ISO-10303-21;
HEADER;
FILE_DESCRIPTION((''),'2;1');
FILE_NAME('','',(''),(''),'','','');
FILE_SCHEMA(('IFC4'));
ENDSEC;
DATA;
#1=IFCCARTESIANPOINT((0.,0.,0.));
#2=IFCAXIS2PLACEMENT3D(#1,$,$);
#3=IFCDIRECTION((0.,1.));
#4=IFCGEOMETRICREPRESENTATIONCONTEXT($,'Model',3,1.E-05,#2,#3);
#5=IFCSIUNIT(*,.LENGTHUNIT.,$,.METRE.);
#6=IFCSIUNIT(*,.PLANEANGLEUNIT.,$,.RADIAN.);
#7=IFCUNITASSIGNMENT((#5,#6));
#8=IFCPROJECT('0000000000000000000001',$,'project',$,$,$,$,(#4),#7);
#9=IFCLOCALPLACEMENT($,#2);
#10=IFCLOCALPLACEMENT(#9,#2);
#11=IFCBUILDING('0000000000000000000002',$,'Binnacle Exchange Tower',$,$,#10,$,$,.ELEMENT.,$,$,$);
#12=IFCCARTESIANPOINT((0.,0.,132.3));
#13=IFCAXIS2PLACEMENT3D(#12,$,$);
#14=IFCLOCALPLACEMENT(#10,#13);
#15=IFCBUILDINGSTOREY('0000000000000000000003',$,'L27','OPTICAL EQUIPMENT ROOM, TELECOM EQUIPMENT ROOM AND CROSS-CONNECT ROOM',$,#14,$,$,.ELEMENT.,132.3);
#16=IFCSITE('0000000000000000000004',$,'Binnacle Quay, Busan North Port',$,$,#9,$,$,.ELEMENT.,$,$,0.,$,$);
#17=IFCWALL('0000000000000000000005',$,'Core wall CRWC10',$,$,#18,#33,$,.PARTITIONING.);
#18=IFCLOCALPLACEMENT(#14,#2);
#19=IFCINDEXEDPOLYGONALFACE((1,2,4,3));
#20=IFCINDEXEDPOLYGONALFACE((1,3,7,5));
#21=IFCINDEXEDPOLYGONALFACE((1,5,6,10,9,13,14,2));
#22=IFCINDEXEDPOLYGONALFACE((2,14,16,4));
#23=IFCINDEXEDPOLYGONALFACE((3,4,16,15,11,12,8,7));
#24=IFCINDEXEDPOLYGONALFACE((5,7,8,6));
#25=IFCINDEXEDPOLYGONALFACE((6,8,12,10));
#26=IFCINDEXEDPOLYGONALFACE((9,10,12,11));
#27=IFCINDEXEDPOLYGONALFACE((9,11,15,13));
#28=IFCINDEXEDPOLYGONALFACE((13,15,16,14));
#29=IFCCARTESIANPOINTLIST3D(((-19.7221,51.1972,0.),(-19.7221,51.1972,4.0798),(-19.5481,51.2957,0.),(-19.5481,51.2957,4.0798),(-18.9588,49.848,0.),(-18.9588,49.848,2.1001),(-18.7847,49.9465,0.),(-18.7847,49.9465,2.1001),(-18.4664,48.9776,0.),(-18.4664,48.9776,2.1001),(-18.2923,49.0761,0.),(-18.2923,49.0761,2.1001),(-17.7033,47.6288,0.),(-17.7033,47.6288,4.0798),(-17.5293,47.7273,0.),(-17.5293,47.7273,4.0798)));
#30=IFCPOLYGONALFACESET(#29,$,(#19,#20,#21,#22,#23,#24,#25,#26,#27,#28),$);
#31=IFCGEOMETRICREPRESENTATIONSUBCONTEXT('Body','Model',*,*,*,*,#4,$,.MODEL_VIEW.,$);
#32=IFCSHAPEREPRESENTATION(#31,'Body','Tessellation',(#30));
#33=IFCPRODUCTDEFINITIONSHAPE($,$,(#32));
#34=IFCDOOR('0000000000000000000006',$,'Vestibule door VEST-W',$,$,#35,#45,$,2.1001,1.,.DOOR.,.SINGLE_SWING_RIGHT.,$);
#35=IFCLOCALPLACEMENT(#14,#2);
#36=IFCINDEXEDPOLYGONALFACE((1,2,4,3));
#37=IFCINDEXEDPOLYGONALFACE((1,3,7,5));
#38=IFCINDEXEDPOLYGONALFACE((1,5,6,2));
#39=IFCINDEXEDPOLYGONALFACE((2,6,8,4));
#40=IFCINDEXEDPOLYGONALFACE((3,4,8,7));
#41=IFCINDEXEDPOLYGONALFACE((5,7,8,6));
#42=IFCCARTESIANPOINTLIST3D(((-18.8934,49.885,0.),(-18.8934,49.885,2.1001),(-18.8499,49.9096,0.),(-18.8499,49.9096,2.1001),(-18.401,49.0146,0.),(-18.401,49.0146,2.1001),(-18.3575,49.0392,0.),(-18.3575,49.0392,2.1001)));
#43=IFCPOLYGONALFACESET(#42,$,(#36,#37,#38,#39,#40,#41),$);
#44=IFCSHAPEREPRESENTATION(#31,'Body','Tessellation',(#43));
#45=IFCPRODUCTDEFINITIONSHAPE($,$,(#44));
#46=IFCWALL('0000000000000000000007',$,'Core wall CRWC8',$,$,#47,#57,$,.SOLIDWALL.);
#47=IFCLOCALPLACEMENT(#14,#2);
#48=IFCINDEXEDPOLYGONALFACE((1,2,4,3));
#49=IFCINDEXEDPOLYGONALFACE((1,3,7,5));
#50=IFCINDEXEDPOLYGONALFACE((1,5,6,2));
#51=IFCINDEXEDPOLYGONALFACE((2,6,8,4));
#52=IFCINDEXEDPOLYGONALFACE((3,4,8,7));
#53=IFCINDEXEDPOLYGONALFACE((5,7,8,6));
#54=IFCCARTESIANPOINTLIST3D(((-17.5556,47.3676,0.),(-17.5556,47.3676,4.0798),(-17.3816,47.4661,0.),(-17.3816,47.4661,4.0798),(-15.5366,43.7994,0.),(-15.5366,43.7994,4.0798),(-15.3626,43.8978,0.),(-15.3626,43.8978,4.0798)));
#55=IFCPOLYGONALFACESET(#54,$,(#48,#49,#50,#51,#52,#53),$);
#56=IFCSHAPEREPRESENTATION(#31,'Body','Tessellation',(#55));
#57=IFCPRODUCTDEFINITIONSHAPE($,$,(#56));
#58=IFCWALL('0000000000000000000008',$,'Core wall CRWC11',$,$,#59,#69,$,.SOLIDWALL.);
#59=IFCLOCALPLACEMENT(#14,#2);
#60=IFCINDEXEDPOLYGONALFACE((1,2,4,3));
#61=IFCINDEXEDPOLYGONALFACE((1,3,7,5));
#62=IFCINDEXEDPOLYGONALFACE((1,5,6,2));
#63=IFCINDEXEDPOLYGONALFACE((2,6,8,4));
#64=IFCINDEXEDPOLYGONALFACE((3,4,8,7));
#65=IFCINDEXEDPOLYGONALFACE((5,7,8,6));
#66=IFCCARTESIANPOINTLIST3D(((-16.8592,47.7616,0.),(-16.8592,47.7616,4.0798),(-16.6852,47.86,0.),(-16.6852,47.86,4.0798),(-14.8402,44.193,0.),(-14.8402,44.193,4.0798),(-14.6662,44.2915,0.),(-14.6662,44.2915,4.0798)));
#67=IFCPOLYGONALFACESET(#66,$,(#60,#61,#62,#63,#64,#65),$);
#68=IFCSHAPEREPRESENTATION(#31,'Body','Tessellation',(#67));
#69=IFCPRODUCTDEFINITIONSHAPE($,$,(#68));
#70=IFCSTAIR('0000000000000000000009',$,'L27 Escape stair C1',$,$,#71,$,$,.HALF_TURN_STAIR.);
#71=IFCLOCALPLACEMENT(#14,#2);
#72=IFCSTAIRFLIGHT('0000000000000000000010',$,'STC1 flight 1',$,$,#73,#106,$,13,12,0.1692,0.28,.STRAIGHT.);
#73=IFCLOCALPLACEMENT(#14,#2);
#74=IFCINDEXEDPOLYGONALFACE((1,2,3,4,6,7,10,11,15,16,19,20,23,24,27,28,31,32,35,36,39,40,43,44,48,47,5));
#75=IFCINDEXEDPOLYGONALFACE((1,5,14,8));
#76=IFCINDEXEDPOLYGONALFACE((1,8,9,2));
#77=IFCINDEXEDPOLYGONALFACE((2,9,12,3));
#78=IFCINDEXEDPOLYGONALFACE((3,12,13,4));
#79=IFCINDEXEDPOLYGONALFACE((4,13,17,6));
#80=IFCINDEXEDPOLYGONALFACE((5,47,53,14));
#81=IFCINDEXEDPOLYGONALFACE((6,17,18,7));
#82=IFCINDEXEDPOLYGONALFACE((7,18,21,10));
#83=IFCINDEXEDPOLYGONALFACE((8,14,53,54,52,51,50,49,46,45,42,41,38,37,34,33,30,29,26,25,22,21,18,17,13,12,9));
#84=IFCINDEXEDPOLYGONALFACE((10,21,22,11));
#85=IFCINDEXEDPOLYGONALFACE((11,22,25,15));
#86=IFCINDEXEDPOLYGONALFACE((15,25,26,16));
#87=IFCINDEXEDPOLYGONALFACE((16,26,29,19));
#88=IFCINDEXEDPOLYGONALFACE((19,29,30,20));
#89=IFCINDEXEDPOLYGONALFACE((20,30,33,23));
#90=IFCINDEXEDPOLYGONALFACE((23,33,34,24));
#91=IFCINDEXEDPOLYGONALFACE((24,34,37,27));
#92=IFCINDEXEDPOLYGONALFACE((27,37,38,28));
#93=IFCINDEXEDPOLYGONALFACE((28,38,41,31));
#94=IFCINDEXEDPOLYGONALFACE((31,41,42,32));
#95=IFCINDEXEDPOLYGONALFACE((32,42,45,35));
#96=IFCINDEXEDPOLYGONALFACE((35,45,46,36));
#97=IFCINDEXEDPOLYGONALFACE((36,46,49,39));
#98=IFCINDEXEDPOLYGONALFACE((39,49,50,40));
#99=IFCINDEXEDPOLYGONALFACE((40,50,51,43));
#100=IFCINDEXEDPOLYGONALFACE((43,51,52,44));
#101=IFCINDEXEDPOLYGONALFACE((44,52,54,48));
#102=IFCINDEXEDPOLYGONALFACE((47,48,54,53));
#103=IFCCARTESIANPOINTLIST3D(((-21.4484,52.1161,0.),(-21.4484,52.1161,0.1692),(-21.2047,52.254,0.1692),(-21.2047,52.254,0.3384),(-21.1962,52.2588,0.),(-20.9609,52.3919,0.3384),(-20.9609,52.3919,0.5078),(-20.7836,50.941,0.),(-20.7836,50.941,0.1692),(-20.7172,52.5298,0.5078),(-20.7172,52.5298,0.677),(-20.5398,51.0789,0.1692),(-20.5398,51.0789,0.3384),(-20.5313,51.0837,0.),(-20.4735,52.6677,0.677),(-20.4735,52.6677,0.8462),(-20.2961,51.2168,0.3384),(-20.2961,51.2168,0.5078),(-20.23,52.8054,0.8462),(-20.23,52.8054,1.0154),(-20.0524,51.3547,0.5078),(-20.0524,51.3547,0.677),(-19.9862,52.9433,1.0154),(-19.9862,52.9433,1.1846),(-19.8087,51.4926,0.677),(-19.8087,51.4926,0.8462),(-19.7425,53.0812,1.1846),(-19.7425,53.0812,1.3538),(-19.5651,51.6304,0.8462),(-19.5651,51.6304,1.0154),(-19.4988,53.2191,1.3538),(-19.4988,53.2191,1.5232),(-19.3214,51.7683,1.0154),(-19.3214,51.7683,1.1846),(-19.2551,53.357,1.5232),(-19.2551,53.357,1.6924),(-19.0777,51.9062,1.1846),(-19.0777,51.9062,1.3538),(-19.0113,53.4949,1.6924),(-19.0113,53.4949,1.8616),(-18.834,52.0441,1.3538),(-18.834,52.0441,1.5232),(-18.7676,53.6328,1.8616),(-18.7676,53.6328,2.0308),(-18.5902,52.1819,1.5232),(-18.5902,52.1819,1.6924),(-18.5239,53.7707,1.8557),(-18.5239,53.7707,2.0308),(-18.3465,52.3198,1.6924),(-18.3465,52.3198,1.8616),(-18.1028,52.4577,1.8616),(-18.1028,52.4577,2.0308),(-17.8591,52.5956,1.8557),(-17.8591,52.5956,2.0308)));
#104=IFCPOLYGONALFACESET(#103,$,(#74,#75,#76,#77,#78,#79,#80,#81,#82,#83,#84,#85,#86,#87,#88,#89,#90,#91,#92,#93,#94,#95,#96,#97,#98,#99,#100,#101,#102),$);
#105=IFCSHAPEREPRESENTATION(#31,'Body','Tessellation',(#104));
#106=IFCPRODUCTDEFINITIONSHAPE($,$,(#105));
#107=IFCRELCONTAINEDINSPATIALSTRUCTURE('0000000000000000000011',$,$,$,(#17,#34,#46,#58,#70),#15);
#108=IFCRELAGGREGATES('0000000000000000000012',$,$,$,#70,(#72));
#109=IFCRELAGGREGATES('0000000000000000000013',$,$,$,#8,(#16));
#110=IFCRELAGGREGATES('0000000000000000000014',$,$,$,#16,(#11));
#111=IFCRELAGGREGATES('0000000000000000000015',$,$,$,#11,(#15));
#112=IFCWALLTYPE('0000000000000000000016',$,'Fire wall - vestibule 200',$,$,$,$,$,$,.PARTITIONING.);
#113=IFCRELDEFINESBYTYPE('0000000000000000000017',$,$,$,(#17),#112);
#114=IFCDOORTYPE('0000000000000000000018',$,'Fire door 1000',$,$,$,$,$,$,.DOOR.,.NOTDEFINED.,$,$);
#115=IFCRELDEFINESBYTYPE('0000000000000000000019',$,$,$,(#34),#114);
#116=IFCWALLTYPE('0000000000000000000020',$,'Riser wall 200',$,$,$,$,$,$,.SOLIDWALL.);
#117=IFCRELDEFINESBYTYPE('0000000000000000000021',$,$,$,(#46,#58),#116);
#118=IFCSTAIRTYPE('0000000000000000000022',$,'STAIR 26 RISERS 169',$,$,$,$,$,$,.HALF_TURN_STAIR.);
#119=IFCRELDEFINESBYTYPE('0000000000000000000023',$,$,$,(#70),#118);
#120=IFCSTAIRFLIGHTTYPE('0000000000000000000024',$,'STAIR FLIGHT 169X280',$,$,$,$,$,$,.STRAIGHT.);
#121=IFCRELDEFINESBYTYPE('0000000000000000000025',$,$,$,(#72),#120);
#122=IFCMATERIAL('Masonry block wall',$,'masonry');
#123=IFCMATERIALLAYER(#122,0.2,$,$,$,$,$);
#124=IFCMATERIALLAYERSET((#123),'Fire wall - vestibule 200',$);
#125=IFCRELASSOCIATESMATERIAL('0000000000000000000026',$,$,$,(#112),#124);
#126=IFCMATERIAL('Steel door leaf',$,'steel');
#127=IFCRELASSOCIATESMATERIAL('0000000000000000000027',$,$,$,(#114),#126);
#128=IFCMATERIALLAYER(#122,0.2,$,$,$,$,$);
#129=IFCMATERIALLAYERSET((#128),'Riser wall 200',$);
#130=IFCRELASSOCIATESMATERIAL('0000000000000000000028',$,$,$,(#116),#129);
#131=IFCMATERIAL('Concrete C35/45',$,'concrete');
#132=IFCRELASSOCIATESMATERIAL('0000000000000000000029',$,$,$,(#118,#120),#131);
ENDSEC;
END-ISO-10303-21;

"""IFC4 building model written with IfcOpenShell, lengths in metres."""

from ifc_helpers import new_model, si_unit, direction, frame, frame_2d, origin, place, context, subcontext, project, spatial, polyline, rectangle, outline, extrude, material, layer, layer_set, type_object, element, fill, aggregate, save


model = new_model("IFC4")

# Units and contexts
model_context = context("Model", 3, precision=1e-05, world=origin(), true_north=direction((0.0, 1.0)))
body_context = subcontext(model_context, "Body", "Model", "MODEL_VIEW")
ifc_project = project(units=[si_unit("LENGTHUNIT", "METRE"), si_unit("PLANEANGLEUNIT", "RADIAN")], contexts=[model_context])

# Site, building, storey
site_placement = place(None, origin())
site = spatial("IfcSite", under=ifc_project, at=site_placement, Name="Binnacle Quay, Busan North Port", CompositionType="ELEMENT", RefElevation=0.0)
building_placement = place(site_placement, origin())
building = spatial("IfcBuilding", under=site, at=building_placement, Name="Binnacle Exchange Tower", CompositionType="ELEMENT")
storey_placement = place(building_placement, frame((0.0, 0.0, 132.3)))
storey = spatial("IfcBuildingStorey", under=building, at=storey_placement, Name="L27", Description="OPTICAL EQUIPMENT ROOM, TELECOM EQUIPMENT ROOM AND CROSS-CONNECT ROOM", CompositionType="ELEMENT", Elevation=132.3)

# Shared definitions
ifc_material_1 = material(Name="Steel door leaf", Category="steel")

# Wall, opening, door
ifc_material_2 = material(Name="Masonry block wall", Category="masonry")
ifc_layer_1 = layer(ifc_material_2, 0.2)
ifc_layer_set_1 = layer_set([ifc_layer_1], Name="Fire wall - vestibule 200")
wall_type_1 = type_object("IfcWallType", Name="Fire wall - vestibule 200", PredefinedType="PARTITIONING", material=ifc_layer_set_1)
wall_1_placement = place(storey_placement, frame((-19.635, 51.2463, 0.0), z_axis=(0.0, 0.0, 1.0), x_axis=(0.492408, -0.870364, 0.0)))
wall_1 = element("IfcWall", 1, at=wall_1_placement, inside=storey, type_object=wall_type_1, Name="Core wall CRWC10", PredefinedType="PARTITIONING", context=body_context, shape_type="SweptSolid", body=[
    extrude(rectangle(XDim=4.0999, YDim=0.2, at=frame_2d((2.0498, 0.0))), origin(), (0.0, 0.0, 1.0), 4.0798),
])
opening_1_placement = place(wall_1_placement, frame((1.55, 0.0, 0.0)))
opening_1 = element("IfcOpeningElement", 2, at=opening_1_placement, cuts=wall_1, PredefinedType="OPENING", context=body_context, shape_type="SweptSolid", body=[
    extrude(rectangle(XDim=1.0, YDim=2.1001, at=frame_2d((0.5, 1.05))), frame((0.0, 0.1099, 0.0), z_axis=(0.0, -1.0, 0.0), x_axis=(1.0, 0.0, 0.0)), (0.0, 0.0, 1.0), 0.22),
])
door_type_1 = type_object("IfcDoorType", Name="Fire door 1000", OperationType="NOTDEFINED", PredefinedType="DOOR", material=ifc_material_1)
door_1_placement = place(opening_1_placement, frame((1.0, 0.0, 0.0), z_axis=(0.0, 0.0, 1.0), x_axis=(-1.0, 0.0, 0.0)))
door_1 = element("IfcDoor", 3, at=door_1_placement, inside=storey, type_object=door_type_1, Name="Vestibule door VEST-W", OperationType="SINGLE_SWING_RIGHT", OverallHeight=2.1001, OverallWidth=1.0, PredefinedType="DOOR", context=body_context, shape_type="SweptSolid", body=[
    extrude(rectangle(XDim=1.0, YDim=2.1001, at=frame_2d((0.5, 1.05))), frame((0.0, 0.0249, 0.0), z_axis=(0.0, -1.0, 0.0), x_axis=(1.0, 0.0, 0.0)), (0.0, 0.0, 1.0), 0.05),
])
fill(opening_1, door_1)

# Walls
ifc_layer_2 = layer(ifc_material_2, 0.2)
ifc_layer_set_2 = layer_set([ifc_layer_2], Name="Riser wall 200")
wall_type_2 = type_object("IfcWallType", Name="Riser wall 200", PredefinedType="SOLIDWALL", material=ifc_layer_set_2)
wall_2_placement = place(storey_placement, frame((-17.4685, 47.4167, 0.0), z_axis=(0.0, 0.0, 1.0), x_axis=(0.492454, -0.870339, 0.0)))
element("IfcWall", 4, at=wall_2_placement, inside=storey, type_object=wall_type_2, Name="Core wall CRWC8", PredefinedType="SOLIDWALL", context=body_context, shape_type="SweptSolid", body=[
    extrude(rectangle(XDim=4.0999, YDim=0.2, at=frame_2d((2.0498, 0.0))), origin(), (0.0, 0.0, 1.0), 4.0798),
])
wall_3_placement = place(storey_placement, frame((-16.7722, 47.8108, 0.0), z_axis=(0.0, 0.0, 1.0), x_axis=(0.492428, -0.870353, 0.0)))
element("IfcWall", 5, at=wall_3_placement, inside=storey, type_object=wall_type_2, Name="Core wall CRWC11", PredefinedType="SOLIDWALL", context=body_context, shape_type="SweptSolid", body=[
    extrude(rectangle(XDim=4.1001, YDim=0.2, at=frame_2d((2.05, 0.0))), origin(), (0.0, 0.0, 1.0), 4.0798),
])

# Stair, stair flight
ifc_material_3 = material(Name="Concrete C35/45", Category="concrete")
stair_type = type_object("IfcStairType", Name="STAIR 26 RISERS 169", PredefinedType="HALF_TURN_STAIR", material=ifc_material_3)
stair_placement = place(storey_placement, origin())
stair = element("IfcStair", 6, at=stair_placement, inside=storey, type_object=stair_type, Name="L27 Escape stair C1", PredefinedType="HALF_TURN_STAIR")
stair_flight_type = type_object("IfcStairFlightType", Name="STAIR FLIGHT 169X280", PredefinedType="STRAIGHT", material=ifc_material_3)
stair_flight_placement = place(storey_placement, frame((-21.116, 51.5286, 0.0), z_axis=(0.0, 0.0, 1.0), x_axis=(0.870356, 0.492424, 0.0)))
stair_flight = element("IfcStairFlight", 7, at=stair_flight_placement, type_object=stair_flight_type, Name="STC1 flight 1", NumberOfRisers=13, NumberOfTreads=12, PredefinedType="STRAIGHT", RiserHeight=0.1692, TreadLength=0.28, context=body_context, shape_type="SweptSolid", body=[
    extrude(outline(polyline([(0.0, 0.0), (0.0, 0.1692), (0.28, 0.1692), (0.28, 0.3384), (0.5601, 0.3384), (0.5601, 0.5078), (0.8401, 0.5078), (0.8401, 0.677), (1.1201, 0.677), (1.1201, 0.8462), (1.3999, 0.8462), (1.3999, 1.0154), (1.6799, 1.0154), (1.6799, 1.1846), (1.96, 1.1846), (1.96, 1.3538), (2.24, 1.3538), (2.24, 1.5232), (2.52, 1.5232), (2.52, 1.6924), (2.8, 1.6924), (2.8, 1.8616), (3.0801, 1.8616), (3.0801, 2.0308), (3.3601, 2.0308), (3.3601, 2.2), (3.3601, 1.8557), (0.2898, 0.0), (0.0, 0.0)])), frame((0.0, 0.675, 0.0), z_axis=(0.0, -1.0, 0.0), x_axis=(1.0, 0.0, 0.0)), (0.0, 0.0, 1.0), 1.3501),
])
aggregate(stair, [stair_flight])

save(model, "model.ifc")
